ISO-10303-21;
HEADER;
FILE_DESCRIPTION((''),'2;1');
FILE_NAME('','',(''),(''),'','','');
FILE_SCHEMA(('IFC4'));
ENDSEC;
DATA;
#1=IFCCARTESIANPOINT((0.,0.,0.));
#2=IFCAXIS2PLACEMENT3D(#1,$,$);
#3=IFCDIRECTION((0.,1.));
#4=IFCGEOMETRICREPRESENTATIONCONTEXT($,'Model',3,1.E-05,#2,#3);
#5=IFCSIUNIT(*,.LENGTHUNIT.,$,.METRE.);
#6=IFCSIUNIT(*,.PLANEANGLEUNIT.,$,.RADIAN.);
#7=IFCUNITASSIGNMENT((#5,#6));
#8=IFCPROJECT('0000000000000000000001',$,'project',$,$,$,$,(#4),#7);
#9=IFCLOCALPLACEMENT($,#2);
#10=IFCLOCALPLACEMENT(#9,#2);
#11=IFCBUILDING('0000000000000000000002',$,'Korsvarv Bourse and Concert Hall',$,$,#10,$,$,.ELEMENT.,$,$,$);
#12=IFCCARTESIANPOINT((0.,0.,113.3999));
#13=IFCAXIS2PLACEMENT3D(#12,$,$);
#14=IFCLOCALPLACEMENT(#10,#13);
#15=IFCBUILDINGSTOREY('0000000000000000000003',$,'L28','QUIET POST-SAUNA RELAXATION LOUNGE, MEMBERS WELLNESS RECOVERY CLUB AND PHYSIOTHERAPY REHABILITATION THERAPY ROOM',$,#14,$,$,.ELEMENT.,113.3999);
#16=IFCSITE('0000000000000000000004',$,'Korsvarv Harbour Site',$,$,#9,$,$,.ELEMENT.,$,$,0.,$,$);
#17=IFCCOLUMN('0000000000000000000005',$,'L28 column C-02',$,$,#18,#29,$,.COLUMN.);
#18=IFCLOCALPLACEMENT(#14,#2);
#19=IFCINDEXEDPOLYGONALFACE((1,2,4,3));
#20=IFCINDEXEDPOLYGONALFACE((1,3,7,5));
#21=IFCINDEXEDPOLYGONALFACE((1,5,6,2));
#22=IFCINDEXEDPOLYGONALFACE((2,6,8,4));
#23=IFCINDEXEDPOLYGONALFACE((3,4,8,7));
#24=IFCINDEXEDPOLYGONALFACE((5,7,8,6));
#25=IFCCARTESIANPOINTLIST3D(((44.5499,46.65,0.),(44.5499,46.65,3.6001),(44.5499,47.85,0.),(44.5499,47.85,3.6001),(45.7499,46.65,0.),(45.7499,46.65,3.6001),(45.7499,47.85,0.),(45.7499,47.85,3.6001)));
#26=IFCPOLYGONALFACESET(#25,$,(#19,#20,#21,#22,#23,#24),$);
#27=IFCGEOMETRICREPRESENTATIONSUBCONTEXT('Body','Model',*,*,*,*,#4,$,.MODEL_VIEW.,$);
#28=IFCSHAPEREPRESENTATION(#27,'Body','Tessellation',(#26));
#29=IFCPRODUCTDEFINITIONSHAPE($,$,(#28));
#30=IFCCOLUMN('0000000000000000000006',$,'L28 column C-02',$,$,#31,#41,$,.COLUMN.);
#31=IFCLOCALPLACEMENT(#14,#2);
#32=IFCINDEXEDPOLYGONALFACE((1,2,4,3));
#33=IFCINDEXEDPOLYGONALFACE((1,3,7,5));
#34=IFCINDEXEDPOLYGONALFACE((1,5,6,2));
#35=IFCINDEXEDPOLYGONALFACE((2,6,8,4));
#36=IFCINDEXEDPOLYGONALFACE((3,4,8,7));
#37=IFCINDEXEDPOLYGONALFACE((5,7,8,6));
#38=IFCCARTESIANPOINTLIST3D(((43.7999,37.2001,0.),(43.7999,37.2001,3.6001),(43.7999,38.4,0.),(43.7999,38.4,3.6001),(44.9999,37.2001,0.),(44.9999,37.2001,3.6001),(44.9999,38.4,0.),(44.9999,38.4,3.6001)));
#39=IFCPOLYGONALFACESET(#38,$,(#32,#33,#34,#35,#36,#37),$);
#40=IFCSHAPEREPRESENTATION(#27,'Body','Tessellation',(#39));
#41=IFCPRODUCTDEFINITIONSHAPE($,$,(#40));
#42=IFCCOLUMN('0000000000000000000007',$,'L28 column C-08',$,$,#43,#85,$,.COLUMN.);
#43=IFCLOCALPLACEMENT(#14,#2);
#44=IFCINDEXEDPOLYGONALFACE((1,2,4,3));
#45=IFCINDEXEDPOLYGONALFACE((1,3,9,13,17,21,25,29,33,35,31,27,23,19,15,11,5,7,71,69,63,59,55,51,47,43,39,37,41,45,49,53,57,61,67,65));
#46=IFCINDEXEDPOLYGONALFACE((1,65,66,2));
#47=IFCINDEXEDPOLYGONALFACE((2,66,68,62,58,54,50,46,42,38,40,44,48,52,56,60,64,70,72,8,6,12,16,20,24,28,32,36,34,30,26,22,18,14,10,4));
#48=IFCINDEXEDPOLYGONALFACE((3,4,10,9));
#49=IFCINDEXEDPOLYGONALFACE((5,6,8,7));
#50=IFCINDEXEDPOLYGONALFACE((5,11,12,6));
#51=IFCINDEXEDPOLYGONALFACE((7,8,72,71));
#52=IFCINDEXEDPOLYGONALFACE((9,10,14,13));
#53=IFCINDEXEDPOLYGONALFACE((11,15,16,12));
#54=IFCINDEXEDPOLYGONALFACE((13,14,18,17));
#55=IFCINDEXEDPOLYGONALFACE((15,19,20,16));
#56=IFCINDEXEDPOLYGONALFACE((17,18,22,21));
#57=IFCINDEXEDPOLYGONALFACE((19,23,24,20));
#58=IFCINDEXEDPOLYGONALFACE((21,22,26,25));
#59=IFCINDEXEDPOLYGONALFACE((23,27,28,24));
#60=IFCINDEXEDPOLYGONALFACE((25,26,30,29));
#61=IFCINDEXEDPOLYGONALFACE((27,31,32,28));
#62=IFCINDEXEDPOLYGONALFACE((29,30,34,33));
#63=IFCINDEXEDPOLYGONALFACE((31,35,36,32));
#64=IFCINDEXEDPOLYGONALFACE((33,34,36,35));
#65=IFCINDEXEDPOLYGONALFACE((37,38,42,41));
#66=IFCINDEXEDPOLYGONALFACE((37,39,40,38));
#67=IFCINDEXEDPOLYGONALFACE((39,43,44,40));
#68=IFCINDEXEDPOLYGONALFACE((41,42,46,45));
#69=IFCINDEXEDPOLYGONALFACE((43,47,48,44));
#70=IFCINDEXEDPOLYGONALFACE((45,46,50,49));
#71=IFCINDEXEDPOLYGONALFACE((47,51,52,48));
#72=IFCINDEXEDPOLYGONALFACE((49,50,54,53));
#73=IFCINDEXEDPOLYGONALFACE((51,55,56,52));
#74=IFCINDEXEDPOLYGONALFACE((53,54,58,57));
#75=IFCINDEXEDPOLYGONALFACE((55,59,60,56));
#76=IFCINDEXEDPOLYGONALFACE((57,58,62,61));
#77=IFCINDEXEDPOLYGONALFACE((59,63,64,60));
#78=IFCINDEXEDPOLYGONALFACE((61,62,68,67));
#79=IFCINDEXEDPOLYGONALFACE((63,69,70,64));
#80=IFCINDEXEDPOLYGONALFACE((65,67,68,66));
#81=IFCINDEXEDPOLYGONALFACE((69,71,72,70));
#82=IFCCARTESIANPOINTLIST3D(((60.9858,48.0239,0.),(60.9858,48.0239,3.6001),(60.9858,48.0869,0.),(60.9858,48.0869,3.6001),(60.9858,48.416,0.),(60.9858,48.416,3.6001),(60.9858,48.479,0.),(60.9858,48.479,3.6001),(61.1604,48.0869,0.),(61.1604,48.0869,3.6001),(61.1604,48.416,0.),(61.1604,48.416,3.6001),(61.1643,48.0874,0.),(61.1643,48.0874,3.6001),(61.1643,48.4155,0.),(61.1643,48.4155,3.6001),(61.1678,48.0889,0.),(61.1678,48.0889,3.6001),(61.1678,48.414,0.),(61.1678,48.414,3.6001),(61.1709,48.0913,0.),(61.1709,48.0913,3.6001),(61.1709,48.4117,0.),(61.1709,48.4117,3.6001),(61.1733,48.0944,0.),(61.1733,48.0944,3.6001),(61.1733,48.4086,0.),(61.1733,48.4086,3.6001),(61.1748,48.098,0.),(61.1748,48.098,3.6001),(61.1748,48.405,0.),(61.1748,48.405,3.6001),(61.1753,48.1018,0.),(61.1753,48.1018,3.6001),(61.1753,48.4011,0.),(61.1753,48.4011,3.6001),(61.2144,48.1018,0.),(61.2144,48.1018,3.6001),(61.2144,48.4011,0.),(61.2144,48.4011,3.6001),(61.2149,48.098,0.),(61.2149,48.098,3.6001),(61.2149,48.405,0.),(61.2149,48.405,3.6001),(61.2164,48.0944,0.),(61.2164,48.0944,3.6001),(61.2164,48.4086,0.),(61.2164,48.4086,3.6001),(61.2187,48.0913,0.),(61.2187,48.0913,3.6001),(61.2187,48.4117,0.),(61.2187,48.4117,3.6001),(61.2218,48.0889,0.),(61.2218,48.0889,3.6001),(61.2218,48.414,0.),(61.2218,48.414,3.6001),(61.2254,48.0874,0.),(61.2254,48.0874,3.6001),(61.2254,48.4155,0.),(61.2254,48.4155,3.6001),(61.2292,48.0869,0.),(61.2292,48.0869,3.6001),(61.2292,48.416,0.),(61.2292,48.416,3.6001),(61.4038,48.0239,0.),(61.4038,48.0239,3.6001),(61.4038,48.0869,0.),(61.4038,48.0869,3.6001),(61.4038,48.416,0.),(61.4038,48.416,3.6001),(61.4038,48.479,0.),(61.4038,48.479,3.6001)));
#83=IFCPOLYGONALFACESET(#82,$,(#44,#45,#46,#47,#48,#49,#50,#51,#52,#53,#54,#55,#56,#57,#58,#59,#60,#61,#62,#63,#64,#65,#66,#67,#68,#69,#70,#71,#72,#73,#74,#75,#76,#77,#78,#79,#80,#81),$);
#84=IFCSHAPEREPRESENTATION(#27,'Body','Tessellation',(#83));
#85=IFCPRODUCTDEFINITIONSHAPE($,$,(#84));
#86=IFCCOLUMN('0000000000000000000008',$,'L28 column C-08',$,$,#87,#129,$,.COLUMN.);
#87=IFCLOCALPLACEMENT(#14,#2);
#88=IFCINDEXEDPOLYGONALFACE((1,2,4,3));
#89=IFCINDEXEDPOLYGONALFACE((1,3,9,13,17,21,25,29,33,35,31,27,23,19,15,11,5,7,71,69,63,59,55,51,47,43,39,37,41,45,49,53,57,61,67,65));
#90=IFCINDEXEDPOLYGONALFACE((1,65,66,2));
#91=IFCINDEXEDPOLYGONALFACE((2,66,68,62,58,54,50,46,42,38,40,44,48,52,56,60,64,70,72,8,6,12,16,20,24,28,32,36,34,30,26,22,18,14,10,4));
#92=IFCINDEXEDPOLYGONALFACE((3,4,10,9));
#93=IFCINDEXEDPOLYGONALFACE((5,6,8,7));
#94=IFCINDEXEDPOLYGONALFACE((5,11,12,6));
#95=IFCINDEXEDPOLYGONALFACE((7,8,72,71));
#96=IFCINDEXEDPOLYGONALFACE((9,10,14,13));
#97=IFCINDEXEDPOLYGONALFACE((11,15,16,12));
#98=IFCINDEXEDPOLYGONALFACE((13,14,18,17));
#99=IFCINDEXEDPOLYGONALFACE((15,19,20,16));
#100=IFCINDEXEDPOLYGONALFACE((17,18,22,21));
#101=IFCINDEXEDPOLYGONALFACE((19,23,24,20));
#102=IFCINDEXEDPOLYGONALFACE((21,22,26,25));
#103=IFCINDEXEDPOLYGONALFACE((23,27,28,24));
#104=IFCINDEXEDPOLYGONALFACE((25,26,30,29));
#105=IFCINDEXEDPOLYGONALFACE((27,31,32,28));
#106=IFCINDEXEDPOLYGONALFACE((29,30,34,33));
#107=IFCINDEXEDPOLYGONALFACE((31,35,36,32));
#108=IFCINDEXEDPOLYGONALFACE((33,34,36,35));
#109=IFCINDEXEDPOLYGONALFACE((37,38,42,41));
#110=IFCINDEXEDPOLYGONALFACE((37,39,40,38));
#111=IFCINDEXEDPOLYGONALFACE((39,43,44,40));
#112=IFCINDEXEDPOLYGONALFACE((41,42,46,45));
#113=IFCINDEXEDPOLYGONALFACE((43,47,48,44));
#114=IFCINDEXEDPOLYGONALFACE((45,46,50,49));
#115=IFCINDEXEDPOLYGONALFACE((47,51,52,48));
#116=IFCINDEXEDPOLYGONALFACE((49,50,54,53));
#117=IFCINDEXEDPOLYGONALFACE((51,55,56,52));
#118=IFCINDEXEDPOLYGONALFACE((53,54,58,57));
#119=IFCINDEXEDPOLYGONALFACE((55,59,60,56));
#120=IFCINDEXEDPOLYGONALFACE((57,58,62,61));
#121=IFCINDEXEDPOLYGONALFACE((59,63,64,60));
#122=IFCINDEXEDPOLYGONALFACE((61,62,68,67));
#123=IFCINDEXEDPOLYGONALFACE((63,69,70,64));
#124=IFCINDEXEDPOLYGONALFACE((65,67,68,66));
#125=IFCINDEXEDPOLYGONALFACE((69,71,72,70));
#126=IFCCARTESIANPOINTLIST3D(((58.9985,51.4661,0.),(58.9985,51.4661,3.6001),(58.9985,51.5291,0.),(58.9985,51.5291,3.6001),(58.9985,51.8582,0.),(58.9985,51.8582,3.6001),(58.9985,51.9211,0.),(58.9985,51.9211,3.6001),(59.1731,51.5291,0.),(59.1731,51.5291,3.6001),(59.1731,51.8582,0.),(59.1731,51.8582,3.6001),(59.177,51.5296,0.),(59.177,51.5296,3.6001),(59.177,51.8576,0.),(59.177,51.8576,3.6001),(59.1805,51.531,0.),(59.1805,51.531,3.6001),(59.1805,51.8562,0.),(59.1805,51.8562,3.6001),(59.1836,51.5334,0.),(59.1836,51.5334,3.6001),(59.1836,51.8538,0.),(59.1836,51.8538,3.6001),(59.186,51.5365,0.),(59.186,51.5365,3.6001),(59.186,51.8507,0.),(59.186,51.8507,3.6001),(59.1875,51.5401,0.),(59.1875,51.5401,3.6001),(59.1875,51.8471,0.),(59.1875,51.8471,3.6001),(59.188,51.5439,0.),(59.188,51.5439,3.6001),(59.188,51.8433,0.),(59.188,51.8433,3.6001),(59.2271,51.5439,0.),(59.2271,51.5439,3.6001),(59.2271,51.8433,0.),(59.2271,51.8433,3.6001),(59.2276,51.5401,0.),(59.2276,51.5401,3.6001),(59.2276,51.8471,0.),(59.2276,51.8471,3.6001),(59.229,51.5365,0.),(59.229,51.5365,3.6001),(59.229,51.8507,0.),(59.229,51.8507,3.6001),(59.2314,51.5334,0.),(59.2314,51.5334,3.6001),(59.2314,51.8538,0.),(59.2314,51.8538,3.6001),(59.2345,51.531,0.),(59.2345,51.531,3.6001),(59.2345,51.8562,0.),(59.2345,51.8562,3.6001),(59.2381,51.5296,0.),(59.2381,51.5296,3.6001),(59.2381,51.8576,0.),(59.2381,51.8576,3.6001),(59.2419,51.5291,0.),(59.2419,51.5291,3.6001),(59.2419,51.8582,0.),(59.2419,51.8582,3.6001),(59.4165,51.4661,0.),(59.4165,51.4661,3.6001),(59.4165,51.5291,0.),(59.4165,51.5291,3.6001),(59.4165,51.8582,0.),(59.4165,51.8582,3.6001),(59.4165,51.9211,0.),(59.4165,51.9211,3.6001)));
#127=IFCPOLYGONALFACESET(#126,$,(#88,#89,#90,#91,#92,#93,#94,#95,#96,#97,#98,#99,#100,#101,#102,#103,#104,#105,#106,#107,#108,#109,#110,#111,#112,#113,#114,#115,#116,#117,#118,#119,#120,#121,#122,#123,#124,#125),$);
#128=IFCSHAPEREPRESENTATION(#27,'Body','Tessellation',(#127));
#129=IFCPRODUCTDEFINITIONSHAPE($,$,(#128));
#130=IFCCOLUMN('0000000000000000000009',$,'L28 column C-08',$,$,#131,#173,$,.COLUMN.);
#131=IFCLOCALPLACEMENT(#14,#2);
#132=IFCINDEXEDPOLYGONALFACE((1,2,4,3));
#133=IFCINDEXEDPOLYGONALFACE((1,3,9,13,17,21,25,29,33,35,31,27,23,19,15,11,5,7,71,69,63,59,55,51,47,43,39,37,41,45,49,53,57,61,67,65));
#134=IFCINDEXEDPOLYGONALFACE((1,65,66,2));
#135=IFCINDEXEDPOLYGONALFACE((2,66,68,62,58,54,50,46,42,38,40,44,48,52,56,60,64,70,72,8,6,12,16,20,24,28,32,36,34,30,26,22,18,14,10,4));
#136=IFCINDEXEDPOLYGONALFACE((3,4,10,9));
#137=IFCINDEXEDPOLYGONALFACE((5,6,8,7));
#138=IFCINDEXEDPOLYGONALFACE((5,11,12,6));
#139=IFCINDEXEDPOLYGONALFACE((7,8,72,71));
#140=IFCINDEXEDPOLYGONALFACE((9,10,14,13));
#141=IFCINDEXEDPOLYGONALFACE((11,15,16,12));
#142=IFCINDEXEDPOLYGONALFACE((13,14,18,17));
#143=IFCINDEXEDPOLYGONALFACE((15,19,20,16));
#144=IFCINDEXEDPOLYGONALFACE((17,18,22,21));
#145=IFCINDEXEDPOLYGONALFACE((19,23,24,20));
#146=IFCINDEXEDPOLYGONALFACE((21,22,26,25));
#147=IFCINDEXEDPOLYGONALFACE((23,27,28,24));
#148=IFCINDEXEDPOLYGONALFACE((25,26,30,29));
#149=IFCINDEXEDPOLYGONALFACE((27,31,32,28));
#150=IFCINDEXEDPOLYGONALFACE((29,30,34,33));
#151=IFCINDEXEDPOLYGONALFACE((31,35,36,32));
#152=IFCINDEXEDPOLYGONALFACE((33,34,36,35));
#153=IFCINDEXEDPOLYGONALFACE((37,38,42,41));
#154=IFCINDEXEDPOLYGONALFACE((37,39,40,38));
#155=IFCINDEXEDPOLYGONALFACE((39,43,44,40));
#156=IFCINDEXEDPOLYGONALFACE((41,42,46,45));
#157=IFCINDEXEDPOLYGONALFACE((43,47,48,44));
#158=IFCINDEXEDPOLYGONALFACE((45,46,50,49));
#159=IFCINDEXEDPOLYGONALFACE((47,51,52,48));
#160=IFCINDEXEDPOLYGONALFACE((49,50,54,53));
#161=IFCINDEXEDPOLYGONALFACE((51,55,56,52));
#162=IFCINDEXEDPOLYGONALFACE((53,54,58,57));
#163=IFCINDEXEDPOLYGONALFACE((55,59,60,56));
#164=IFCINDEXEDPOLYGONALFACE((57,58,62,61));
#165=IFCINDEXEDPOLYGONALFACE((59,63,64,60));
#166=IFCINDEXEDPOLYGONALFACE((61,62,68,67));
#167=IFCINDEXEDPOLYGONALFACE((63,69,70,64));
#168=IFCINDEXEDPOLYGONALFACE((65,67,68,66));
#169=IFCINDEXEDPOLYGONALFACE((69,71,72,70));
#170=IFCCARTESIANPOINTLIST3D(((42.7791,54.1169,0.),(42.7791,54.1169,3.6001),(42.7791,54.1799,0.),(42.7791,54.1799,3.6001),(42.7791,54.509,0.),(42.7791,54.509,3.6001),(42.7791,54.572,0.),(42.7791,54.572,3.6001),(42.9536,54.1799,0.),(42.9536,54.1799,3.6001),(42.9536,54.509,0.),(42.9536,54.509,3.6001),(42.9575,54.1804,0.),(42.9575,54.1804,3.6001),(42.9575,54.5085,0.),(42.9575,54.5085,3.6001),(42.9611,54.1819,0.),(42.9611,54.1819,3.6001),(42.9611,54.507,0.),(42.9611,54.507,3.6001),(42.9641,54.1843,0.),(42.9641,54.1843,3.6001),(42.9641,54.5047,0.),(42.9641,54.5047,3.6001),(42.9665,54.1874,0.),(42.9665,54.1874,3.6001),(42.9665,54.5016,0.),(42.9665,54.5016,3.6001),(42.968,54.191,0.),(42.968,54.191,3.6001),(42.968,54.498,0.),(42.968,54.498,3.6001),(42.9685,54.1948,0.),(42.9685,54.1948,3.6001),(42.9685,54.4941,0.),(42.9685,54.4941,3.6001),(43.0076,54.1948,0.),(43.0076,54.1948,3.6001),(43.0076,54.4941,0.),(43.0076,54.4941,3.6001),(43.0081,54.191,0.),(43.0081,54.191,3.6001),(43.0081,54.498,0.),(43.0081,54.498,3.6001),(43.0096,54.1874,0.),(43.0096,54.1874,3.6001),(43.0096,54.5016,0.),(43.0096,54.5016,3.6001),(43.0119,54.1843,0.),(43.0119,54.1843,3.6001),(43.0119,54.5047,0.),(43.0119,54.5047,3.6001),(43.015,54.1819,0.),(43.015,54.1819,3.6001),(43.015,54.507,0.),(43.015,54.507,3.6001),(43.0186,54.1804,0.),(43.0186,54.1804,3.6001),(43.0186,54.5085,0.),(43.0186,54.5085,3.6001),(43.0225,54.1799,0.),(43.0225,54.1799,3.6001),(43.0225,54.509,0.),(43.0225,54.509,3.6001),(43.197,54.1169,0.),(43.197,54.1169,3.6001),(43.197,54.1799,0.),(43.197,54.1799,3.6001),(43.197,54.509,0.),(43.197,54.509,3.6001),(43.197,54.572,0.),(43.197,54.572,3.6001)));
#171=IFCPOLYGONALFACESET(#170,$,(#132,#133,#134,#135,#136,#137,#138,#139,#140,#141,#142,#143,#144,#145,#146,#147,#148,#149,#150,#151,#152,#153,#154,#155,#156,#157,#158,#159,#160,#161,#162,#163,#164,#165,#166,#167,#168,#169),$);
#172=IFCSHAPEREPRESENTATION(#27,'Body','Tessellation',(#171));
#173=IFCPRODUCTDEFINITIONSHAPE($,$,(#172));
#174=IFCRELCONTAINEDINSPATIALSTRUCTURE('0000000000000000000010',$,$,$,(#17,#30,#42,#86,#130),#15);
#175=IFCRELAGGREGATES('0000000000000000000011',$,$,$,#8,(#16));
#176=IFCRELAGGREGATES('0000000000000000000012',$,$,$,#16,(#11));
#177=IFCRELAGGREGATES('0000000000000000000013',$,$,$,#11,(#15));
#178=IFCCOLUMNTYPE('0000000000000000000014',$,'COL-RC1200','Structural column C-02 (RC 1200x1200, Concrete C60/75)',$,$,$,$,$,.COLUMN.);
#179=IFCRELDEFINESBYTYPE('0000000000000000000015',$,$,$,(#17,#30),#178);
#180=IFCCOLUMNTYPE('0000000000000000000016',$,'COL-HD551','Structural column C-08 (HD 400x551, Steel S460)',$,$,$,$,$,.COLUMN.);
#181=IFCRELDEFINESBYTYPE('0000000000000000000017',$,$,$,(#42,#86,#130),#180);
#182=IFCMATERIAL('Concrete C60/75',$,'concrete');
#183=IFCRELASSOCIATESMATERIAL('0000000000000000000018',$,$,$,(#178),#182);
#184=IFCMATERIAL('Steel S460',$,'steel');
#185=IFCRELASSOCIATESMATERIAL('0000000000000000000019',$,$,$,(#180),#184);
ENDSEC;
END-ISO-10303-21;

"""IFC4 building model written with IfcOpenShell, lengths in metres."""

from ifc_helpers import new_model, si_unit, direction, frame, origin, origin_2d, place, context, subcontext, project, spatial, rectangle, i_section, extrude, source, transform, mapped, material, material_profile, profile_set, type_object, element, save


model = new_model("IFC4")

# Units and contexts
model_context = context("Model", 3, precision=1e-05, world=origin(), true_north=direction((0.0, 1.0)))
body_context = subcontext(model_context, "Body", "Model", "MODEL_VIEW")
ifc_project = project(units=[si_unit("LENGTHUNIT", "METRE"), si_unit("PLANEANGLEUNIT", "RADIAN")], contexts=[model_context])

# Site, building, storey
site_placement = place(None, origin())
site = spatial("IfcSite", under=ifc_project, at=site_placement, Name="Korsvarv Harbour Site", CompositionType="ELEMENT", RefElevation=0.0)
building_placement = place(site_placement, origin())
building = spatial("IfcBuilding", under=site, at=building_placement, Name="Korsvarv Bourse and Concert Hall", CompositionType="ELEMENT")
storey_placement = place(building_placement, frame((0.0, 0.0, 113.3999)))
storey = spatial("IfcBuildingStorey", under=building, at=storey_placement, Name="L28", Description="QUIET POST-SAUNA RELAXATION LOUNGE, MEMBERS WELLNESS RECOVERY CLUB AND PHYSIOTHERAPY REHABILITATION THERAPY ROOM", CompositionType="ELEMENT", Elevation=113.3999)

# Columns
ifc_material_1 = material(Name="Concrete C60/75", Category="concrete")
ifc_material_profile_1 = material_profile(ifc_material_1, rectangle(XDim=1.2, YDim=1.2, at=origin_2d()), Name="RC 1200x1200")
ifc_profile_set_1 = profile_set([ifc_material_profile_1], Name="Concrete C60/75")
column_type_1 = type_object("IfcColumnType", Name="COL-RC1200", Description="Structural column C-02 (RC 1200x1200, Concrete C60/75)", PredefinedType="COLUMN", material=ifc_profile_set_1)
shared_shape_1 = source(origin(), body_context, "Body", "SweptSolid", [
    extrude(rectangle(XDim=1.2, YDim=1.2, at=origin_2d()), origin(), (0.0, 0.0, 1.0), 3.6001),
])
for number, where, z_axis, x_axis, name in (
    (1, (45.1499, 47.25, 0.0), (0.0, 0.0, 1.0), (1.0, 0.0, 0.0), "L28 column C-02"),
    (2, (44.3999, 37.8, 0.0), (0.0, 0.0, 1.0), (1.0, 0.0, 0.0), "L28 column C-02"),
):
    element("IfcColumn", number, at=place(storey_placement, frame(where, z_axis=z_axis, x_axis=x_axis)), inside=storey, type_object=column_type_1, Name=name, PredefinedType="COLUMN", context=body_context, shape_type="MappedRepresentation", body=[
        mapped(shared_shape_1, transform((0.0, 0.0, 0.0), scale=1.0)),
    ])
ifc_material_2 = material(Name="Steel S460", Category="steel")
ifc_material_profile_2 = material_profile(ifc_material_2, i_section(OverallWidth=0.418, OverallDepth=0.4551, WebThickness=0.0391, FlangeThickness=0.063, FilletRadius=0.0149, at=origin_2d()), Name="HD 400x551")
ifc_profile_set_2 = profile_set([ifc_material_profile_2], Name="Steel S460")
column_type_2 = type_object("IfcColumnType", Name="COL-HD551", Description="Structural column C-08 (HD 400x551, Steel S460)", PredefinedType="COLUMN", material=ifc_profile_set_2)
shared_shape_2 = source(origin(), body_context, "Body", "SweptSolid", [
    extrude(i_section(OverallWidth=0.418, OverallDepth=0.4551, WebThickness=0.0391, FlangeThickness=0.063, FilletRadius=0.0149, at=origin_2d()), origin(), (0.0, 0.0, 1.0), 3.6001),
])
for number, where, z_axis, x_axis, name in (
    (3, (61.1948, 48.2515, 0.0), (0.0, 0.0, 1.0), (1.0, 0.0, 0.0), "L28 column C-08"),
    (4, (59.2075, 51.6936, 0.0), (0.0, 0.0, 1.0), (1.0, 0.0, 0.0), "L28 column C-08"),
    (5, (42.988, 54.3445, 0.0), (0.0, 0.0, 1.0), (1.0, 0.0, 0.0), "L28 column C-08"),
):
    element("IfcColumn", number, at=place(storey_placement, frame(where, z_axis=z_axis, x_axis=x_axis)), inside=storey, type_object=column_type_2, Name=name, PredefinedType="COLUMN", context=body_context, shape_type="MappedRepresentation", body=[
        mapped(shared_shape_2, transform((0.0, 0.0, 0.0), scale=1.0)),
    ])

save(model, "model.ifc")
